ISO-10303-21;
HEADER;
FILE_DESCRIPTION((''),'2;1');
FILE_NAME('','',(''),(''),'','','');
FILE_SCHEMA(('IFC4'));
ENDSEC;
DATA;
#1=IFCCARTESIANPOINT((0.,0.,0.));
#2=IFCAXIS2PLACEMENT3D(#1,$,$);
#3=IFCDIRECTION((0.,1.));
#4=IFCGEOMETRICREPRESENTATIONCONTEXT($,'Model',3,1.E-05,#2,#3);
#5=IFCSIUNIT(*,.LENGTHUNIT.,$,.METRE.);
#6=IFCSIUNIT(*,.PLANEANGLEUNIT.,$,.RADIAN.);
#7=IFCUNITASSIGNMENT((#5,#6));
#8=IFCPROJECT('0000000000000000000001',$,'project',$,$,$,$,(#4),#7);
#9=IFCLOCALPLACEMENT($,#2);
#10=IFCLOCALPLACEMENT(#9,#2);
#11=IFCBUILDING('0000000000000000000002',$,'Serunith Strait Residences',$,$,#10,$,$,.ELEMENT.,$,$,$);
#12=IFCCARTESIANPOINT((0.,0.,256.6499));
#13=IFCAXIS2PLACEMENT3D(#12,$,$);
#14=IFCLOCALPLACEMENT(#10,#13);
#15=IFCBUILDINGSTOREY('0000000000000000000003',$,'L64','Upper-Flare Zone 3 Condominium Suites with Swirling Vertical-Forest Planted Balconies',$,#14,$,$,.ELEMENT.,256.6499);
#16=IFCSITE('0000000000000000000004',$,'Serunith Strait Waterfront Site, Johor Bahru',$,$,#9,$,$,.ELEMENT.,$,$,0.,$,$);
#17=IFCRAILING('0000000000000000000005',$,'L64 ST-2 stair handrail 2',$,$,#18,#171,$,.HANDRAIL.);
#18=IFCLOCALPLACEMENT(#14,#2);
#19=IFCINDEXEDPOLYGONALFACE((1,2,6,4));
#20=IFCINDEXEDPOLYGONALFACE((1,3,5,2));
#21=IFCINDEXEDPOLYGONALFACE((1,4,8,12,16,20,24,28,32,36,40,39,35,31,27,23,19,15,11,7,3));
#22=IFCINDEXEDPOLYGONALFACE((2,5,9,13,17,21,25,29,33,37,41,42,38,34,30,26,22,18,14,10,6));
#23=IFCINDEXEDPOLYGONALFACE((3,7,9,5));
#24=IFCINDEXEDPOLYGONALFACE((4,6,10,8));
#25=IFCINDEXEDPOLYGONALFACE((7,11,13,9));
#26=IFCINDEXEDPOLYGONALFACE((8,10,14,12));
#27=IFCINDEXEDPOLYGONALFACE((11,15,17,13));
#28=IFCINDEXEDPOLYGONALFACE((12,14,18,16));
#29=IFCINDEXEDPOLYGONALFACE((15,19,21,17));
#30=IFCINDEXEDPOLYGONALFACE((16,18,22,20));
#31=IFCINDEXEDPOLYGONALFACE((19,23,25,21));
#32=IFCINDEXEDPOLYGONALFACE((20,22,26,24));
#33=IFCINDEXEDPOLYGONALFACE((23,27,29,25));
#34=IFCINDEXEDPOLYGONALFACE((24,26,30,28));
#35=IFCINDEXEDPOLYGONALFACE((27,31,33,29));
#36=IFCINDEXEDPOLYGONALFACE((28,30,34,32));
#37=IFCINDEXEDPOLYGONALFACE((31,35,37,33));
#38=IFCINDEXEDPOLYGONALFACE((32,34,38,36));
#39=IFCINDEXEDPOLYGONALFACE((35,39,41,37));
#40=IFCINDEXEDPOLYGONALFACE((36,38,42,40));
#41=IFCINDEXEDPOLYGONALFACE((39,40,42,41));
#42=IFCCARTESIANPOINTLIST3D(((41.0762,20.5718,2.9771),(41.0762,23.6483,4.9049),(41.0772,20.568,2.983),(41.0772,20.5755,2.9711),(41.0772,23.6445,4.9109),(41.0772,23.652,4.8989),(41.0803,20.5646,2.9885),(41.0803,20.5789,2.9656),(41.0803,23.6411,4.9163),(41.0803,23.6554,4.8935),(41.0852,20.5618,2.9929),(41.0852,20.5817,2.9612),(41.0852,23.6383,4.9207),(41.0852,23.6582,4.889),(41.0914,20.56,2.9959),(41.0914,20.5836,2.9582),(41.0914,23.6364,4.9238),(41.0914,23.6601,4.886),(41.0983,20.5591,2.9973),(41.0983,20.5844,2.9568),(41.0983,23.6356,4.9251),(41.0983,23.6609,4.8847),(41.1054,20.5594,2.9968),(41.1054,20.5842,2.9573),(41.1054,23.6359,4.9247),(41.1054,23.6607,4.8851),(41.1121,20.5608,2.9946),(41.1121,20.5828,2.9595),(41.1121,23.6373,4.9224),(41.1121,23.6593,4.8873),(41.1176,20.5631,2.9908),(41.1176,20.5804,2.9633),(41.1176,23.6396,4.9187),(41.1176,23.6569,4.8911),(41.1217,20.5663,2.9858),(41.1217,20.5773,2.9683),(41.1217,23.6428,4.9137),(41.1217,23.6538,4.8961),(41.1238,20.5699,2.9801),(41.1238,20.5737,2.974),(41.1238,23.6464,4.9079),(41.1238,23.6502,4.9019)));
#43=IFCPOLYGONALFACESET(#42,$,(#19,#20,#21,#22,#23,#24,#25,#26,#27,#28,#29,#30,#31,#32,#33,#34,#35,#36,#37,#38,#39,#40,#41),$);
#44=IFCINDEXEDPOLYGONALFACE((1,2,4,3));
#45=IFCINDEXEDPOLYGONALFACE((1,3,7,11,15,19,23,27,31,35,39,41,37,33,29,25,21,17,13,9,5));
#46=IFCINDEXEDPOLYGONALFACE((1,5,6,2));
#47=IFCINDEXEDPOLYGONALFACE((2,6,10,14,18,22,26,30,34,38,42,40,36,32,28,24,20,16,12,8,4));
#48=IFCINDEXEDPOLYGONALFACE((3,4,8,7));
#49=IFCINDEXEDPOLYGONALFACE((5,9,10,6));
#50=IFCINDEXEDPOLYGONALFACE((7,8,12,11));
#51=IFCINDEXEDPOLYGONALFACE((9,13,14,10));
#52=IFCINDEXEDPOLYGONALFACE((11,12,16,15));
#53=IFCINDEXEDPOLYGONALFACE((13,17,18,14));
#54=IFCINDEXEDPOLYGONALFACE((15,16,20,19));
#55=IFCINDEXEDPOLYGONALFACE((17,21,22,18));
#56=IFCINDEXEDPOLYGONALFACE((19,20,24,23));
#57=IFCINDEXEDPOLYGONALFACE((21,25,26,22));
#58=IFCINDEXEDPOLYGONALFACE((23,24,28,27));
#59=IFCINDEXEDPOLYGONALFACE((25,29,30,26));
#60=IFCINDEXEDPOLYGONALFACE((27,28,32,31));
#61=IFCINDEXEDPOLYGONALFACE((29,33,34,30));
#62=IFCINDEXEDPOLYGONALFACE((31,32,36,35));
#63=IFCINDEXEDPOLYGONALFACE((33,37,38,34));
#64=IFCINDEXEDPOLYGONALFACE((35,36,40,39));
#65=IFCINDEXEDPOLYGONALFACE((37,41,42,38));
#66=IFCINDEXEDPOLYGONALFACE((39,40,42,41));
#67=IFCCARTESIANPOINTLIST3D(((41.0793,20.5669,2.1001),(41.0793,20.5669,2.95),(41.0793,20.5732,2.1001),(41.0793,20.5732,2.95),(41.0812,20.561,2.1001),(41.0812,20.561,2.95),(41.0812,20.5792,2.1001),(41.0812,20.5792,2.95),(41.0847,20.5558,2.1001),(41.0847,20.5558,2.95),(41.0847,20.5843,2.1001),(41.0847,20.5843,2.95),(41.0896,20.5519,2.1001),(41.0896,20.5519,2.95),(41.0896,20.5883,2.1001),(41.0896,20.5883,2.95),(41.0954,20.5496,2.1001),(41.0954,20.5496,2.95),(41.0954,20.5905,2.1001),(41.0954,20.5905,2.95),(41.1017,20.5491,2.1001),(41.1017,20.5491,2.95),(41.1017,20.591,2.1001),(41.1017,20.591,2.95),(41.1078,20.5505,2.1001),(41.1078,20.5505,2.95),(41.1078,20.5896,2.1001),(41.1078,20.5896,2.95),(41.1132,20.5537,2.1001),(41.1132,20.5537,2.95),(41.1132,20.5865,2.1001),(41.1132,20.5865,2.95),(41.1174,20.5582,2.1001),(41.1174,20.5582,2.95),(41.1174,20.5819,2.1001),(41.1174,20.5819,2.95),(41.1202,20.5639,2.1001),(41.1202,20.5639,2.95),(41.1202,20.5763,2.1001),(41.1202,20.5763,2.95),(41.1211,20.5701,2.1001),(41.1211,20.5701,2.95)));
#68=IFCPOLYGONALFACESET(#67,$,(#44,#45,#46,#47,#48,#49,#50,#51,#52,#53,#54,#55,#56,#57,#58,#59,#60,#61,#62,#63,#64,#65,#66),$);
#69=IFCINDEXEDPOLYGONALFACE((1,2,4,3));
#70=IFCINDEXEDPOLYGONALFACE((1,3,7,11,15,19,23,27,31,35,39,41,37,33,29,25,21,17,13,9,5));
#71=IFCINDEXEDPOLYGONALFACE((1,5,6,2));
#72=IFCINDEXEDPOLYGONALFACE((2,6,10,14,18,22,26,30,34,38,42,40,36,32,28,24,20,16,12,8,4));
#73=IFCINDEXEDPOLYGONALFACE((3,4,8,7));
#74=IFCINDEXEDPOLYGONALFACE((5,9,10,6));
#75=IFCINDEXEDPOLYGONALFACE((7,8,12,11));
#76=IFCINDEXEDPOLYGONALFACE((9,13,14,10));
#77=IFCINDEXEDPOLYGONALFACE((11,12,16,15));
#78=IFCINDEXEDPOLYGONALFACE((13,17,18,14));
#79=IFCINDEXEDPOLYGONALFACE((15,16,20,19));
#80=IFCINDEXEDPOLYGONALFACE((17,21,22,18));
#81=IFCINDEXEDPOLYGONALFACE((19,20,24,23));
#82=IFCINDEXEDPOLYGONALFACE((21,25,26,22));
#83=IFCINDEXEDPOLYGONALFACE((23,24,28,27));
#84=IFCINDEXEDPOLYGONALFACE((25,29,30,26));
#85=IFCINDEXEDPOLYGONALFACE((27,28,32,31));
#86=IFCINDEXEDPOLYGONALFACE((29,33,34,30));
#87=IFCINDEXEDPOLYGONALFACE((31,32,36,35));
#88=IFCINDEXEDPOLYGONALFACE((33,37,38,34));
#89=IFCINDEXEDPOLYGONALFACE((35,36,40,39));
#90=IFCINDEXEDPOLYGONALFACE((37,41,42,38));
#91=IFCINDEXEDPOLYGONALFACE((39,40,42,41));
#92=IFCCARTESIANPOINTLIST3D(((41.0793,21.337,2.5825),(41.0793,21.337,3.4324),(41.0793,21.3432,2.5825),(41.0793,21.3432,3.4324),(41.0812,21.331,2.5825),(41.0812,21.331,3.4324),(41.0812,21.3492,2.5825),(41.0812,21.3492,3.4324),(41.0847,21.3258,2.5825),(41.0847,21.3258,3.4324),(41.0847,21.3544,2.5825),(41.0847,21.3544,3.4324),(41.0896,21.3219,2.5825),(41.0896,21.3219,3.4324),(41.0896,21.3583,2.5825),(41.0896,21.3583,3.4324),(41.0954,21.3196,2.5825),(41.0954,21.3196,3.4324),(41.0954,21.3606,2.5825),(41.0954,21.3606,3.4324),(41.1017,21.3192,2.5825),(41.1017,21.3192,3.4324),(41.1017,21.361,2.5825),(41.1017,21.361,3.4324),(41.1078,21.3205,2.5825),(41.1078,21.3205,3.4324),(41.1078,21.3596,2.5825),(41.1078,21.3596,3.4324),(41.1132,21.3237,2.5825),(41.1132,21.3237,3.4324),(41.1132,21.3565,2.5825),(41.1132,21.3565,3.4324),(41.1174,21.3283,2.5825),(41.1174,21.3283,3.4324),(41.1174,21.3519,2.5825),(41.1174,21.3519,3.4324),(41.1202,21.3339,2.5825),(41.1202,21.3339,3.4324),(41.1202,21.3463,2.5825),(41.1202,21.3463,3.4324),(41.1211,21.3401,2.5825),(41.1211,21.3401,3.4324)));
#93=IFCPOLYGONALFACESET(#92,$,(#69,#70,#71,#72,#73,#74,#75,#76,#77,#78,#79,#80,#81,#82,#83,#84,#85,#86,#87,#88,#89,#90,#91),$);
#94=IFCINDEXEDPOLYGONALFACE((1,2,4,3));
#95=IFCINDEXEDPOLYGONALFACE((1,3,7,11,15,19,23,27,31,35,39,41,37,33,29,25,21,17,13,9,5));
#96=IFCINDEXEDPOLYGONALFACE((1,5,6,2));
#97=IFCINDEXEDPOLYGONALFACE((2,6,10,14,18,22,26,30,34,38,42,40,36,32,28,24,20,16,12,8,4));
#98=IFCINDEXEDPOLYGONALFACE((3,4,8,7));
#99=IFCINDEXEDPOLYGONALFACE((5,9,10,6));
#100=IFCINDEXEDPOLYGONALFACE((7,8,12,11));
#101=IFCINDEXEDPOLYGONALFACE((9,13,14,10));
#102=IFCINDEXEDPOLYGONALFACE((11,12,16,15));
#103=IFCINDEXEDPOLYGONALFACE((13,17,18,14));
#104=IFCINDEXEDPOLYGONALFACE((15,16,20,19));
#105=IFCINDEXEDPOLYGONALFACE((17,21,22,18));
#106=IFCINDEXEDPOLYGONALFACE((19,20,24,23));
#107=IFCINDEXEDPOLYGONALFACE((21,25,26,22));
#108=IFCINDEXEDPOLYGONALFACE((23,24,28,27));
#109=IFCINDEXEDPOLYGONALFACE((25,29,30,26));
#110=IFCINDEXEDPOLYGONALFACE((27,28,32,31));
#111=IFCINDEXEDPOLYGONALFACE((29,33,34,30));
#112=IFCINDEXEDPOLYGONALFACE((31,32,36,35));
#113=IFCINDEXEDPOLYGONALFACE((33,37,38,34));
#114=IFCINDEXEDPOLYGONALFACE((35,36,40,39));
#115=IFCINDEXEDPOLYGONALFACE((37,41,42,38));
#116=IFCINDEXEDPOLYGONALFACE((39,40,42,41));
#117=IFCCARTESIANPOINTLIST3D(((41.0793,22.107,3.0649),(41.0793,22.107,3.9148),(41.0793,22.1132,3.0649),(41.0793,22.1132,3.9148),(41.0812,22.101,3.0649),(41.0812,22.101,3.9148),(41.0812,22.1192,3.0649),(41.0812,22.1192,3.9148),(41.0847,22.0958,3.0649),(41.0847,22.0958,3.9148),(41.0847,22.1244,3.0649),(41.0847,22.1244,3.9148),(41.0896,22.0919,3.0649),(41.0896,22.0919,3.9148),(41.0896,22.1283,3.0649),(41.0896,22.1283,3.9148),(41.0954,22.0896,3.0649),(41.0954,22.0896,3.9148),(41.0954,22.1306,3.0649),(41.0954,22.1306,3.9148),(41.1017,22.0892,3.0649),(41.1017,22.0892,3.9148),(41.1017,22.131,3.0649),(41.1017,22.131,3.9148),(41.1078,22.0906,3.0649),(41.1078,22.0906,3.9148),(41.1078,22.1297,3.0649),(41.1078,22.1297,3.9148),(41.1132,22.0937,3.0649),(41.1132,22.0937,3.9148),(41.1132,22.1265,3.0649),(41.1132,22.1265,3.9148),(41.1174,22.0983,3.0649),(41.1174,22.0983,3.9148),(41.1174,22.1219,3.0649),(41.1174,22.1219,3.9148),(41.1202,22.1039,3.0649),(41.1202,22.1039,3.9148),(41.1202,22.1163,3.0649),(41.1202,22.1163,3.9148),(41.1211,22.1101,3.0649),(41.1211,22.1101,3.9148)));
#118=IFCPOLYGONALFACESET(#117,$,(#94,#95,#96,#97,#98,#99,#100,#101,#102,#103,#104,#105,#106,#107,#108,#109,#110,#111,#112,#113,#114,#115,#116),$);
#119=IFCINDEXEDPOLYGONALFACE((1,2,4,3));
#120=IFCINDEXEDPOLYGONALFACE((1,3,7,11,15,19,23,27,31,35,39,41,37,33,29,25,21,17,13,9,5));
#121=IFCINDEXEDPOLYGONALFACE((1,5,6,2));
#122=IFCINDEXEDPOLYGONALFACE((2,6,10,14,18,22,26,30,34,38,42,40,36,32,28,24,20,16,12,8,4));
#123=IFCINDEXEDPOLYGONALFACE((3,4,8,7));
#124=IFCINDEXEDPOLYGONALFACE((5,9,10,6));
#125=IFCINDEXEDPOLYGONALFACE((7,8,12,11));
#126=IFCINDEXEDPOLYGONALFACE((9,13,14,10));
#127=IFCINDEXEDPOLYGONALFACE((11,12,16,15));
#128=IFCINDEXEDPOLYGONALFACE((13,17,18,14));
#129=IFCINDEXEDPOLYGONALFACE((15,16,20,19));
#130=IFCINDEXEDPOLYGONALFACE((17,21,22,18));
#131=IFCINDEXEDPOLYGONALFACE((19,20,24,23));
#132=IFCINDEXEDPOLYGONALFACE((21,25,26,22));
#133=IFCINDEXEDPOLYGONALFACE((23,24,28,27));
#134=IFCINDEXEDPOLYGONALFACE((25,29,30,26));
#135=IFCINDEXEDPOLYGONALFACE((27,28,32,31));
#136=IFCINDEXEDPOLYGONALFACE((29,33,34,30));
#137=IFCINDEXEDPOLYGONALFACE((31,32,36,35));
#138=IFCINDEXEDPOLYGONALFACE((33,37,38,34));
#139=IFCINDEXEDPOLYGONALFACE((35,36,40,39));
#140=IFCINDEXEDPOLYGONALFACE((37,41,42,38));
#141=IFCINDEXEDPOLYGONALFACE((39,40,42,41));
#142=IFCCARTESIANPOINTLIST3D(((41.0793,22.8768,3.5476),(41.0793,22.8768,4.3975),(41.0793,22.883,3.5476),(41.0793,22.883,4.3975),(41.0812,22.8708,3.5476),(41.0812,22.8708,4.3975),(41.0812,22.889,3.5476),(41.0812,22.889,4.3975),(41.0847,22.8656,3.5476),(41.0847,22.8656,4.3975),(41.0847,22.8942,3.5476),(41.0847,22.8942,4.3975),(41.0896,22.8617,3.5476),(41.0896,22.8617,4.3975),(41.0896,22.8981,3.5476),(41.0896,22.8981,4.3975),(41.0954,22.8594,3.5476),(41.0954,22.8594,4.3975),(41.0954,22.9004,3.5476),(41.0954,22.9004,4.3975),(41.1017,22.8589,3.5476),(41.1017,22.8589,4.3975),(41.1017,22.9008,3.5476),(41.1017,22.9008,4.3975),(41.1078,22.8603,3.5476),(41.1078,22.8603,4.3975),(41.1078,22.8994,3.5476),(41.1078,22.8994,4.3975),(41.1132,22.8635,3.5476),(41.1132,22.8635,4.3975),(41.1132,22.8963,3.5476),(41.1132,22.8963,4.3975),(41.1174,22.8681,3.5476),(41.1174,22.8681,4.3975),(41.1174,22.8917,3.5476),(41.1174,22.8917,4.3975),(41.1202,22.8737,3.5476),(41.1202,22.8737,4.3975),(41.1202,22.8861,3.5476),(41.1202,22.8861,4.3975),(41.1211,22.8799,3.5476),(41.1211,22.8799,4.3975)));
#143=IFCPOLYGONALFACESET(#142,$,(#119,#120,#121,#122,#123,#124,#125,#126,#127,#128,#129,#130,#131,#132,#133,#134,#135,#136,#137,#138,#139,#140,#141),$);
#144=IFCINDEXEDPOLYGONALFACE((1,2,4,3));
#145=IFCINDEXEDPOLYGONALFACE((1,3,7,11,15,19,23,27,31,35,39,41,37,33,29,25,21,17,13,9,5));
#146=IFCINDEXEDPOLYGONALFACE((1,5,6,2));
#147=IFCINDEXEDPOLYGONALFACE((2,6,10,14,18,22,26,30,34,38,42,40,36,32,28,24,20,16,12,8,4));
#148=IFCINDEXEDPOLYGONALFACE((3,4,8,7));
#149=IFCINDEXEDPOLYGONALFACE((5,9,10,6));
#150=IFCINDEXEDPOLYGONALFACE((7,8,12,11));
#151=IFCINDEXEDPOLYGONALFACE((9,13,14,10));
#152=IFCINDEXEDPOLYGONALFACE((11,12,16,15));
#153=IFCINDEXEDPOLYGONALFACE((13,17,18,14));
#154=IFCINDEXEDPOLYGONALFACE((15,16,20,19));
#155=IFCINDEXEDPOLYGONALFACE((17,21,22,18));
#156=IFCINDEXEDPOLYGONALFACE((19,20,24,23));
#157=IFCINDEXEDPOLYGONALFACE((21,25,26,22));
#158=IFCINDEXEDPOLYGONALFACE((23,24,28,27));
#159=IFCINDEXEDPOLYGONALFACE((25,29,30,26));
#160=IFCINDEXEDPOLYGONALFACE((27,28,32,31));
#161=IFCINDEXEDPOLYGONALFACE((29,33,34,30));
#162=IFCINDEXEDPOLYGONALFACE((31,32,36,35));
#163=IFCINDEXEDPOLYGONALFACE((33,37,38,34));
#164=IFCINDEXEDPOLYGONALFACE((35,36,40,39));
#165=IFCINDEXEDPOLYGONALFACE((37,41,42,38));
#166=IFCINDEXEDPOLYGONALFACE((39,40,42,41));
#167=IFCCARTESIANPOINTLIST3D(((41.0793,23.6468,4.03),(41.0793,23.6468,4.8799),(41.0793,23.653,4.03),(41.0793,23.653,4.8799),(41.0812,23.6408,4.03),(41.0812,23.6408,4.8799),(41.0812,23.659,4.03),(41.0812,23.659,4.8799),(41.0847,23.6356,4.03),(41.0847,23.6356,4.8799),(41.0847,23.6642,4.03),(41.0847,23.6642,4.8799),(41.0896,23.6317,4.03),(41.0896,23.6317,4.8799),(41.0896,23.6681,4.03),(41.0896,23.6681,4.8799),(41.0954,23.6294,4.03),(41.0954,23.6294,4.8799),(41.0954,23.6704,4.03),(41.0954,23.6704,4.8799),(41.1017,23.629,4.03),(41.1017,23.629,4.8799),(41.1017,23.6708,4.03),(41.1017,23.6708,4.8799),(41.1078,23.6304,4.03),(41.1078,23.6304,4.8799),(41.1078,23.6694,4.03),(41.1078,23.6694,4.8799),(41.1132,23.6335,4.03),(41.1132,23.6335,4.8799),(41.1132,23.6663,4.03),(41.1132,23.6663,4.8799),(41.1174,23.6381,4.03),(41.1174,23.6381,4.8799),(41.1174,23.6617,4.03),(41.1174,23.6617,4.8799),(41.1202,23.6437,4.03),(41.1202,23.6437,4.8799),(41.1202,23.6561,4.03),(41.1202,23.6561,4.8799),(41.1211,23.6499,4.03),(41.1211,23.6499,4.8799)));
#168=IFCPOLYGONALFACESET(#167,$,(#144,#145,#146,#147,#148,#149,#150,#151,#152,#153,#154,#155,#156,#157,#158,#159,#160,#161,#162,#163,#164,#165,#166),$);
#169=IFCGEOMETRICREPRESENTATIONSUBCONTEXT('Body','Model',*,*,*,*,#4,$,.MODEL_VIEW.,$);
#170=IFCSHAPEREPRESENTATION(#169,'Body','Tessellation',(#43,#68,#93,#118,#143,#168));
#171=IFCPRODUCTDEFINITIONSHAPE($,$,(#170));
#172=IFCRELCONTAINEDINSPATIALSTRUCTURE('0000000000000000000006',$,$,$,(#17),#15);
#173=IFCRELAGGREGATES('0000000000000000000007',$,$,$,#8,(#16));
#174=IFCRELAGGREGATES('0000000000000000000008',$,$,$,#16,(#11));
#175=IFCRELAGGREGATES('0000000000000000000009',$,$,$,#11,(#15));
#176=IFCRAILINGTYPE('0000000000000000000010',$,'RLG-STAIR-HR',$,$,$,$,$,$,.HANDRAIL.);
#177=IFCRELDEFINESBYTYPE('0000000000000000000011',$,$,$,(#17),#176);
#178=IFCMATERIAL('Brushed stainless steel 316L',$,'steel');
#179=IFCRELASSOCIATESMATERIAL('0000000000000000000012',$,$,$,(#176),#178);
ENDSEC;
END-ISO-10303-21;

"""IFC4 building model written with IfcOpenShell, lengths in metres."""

from ifc_helpers import new_model, si_unit, direction, frame, origin, origin_2d, place, context, subcontext, project, spatial, circle, extrude, material, type_object, element, save


model = new_model("IFC4")

# Units and contexts
model_context = context("Model", 3, precision=1e-05, world=origin(), true_north=direction((0.0, 1.0)))
body_context = subcontext(model_context, "Body", "Model", "MODEL_VIEW")
ifc_project = project(units=[si_unit("LENGTHUNIT", "METRE"), si_unit("PLANEANGLEUNIT", "RADIAN")], contexts=[model_context])

# Site, building, storey
site_placement = place(None, origin())
site = spatial("IfcSite", under=ifc_project, at=site_placement, Name="Serunith Strait Waterfront Site, Johor Bahru", CompositionType="ELEMENT", RefElevation=0.0)
building_placement = place(site_placement, origin())
building = spatial("IfcBuilding", under=site, at=building_placement, Name="Serunith Strait Residences", CompositionType="ELEMENT")
storey_placement = place(building_placement, frame((0.0, 0.0, 256.6499)))
storey = spatial("IfcBuildingStorey", under=building, at=storey_placement, Name="L64", Description="Upper-Flare Zone 3 Condominium Suites with Swirling Vertical-Forest Planted Balconies", CompositionType="ELEMENT", Elevation=256.6499)

# Railing
ifc_material_1 = material(Name="Brushed stainless steel 316L", Category="steel")
railing_type_1 = type_object("IfcRailingType", Name="RLG-STAIR-HR", PredefinedType="HANDRAIL", material=ifc_material_1)
railing_1_placement = place(storey_placement, frame((41.1001, 20.5701, 2.1001)))
element("IfcRailing", 1, at=railing_1_placement, inside=storey, type_object=railing_type_1, Name="L64 ST-2 stair handrail 2", PredefinedType="HANDRAIL", context=body_context, shape_type="SweptSolid", body=[
    extrude(circle(Radius=0.0239, at=origin_2d()), frame((0.0, 0.0017, 0.877), z_axis=(0.0, 0.847375, 0.530995), x_axis=(-1.0, 0.0, 0.0)), (0.0, 0.0, 1.0), 3.6306),
    extrude(circle(Radius=0.021, at=origin_2d()), origin(), (0.0, 0.0, 1.0), 0.8499),
    extrude(circle(Radius=0.021, at=origin_2d()), frame((0.0, 0.77, 0.4824)), (0.0, 0.0, 1.0), 0.8499),
    extrude(circle(Radius=0.021, at=origin_2d()), frame((0.0, 1.54, 0.9648)), (0.0, 0.0, 1.0), 0.8499),
    extrude(circle(Radius=0.021, at=origin_2d()), frame((0.0, 2.3098, 1.4475)), (0.0, 0.0, 1.0), 0.8499),
    extrude(circle(Radius=0.021, at=origin_2d()), frame((0.0, 3.0798, 1.9299)), (0.0, 0.0, 1.0), 0.8499),
])

save(model, "model.ifc")
